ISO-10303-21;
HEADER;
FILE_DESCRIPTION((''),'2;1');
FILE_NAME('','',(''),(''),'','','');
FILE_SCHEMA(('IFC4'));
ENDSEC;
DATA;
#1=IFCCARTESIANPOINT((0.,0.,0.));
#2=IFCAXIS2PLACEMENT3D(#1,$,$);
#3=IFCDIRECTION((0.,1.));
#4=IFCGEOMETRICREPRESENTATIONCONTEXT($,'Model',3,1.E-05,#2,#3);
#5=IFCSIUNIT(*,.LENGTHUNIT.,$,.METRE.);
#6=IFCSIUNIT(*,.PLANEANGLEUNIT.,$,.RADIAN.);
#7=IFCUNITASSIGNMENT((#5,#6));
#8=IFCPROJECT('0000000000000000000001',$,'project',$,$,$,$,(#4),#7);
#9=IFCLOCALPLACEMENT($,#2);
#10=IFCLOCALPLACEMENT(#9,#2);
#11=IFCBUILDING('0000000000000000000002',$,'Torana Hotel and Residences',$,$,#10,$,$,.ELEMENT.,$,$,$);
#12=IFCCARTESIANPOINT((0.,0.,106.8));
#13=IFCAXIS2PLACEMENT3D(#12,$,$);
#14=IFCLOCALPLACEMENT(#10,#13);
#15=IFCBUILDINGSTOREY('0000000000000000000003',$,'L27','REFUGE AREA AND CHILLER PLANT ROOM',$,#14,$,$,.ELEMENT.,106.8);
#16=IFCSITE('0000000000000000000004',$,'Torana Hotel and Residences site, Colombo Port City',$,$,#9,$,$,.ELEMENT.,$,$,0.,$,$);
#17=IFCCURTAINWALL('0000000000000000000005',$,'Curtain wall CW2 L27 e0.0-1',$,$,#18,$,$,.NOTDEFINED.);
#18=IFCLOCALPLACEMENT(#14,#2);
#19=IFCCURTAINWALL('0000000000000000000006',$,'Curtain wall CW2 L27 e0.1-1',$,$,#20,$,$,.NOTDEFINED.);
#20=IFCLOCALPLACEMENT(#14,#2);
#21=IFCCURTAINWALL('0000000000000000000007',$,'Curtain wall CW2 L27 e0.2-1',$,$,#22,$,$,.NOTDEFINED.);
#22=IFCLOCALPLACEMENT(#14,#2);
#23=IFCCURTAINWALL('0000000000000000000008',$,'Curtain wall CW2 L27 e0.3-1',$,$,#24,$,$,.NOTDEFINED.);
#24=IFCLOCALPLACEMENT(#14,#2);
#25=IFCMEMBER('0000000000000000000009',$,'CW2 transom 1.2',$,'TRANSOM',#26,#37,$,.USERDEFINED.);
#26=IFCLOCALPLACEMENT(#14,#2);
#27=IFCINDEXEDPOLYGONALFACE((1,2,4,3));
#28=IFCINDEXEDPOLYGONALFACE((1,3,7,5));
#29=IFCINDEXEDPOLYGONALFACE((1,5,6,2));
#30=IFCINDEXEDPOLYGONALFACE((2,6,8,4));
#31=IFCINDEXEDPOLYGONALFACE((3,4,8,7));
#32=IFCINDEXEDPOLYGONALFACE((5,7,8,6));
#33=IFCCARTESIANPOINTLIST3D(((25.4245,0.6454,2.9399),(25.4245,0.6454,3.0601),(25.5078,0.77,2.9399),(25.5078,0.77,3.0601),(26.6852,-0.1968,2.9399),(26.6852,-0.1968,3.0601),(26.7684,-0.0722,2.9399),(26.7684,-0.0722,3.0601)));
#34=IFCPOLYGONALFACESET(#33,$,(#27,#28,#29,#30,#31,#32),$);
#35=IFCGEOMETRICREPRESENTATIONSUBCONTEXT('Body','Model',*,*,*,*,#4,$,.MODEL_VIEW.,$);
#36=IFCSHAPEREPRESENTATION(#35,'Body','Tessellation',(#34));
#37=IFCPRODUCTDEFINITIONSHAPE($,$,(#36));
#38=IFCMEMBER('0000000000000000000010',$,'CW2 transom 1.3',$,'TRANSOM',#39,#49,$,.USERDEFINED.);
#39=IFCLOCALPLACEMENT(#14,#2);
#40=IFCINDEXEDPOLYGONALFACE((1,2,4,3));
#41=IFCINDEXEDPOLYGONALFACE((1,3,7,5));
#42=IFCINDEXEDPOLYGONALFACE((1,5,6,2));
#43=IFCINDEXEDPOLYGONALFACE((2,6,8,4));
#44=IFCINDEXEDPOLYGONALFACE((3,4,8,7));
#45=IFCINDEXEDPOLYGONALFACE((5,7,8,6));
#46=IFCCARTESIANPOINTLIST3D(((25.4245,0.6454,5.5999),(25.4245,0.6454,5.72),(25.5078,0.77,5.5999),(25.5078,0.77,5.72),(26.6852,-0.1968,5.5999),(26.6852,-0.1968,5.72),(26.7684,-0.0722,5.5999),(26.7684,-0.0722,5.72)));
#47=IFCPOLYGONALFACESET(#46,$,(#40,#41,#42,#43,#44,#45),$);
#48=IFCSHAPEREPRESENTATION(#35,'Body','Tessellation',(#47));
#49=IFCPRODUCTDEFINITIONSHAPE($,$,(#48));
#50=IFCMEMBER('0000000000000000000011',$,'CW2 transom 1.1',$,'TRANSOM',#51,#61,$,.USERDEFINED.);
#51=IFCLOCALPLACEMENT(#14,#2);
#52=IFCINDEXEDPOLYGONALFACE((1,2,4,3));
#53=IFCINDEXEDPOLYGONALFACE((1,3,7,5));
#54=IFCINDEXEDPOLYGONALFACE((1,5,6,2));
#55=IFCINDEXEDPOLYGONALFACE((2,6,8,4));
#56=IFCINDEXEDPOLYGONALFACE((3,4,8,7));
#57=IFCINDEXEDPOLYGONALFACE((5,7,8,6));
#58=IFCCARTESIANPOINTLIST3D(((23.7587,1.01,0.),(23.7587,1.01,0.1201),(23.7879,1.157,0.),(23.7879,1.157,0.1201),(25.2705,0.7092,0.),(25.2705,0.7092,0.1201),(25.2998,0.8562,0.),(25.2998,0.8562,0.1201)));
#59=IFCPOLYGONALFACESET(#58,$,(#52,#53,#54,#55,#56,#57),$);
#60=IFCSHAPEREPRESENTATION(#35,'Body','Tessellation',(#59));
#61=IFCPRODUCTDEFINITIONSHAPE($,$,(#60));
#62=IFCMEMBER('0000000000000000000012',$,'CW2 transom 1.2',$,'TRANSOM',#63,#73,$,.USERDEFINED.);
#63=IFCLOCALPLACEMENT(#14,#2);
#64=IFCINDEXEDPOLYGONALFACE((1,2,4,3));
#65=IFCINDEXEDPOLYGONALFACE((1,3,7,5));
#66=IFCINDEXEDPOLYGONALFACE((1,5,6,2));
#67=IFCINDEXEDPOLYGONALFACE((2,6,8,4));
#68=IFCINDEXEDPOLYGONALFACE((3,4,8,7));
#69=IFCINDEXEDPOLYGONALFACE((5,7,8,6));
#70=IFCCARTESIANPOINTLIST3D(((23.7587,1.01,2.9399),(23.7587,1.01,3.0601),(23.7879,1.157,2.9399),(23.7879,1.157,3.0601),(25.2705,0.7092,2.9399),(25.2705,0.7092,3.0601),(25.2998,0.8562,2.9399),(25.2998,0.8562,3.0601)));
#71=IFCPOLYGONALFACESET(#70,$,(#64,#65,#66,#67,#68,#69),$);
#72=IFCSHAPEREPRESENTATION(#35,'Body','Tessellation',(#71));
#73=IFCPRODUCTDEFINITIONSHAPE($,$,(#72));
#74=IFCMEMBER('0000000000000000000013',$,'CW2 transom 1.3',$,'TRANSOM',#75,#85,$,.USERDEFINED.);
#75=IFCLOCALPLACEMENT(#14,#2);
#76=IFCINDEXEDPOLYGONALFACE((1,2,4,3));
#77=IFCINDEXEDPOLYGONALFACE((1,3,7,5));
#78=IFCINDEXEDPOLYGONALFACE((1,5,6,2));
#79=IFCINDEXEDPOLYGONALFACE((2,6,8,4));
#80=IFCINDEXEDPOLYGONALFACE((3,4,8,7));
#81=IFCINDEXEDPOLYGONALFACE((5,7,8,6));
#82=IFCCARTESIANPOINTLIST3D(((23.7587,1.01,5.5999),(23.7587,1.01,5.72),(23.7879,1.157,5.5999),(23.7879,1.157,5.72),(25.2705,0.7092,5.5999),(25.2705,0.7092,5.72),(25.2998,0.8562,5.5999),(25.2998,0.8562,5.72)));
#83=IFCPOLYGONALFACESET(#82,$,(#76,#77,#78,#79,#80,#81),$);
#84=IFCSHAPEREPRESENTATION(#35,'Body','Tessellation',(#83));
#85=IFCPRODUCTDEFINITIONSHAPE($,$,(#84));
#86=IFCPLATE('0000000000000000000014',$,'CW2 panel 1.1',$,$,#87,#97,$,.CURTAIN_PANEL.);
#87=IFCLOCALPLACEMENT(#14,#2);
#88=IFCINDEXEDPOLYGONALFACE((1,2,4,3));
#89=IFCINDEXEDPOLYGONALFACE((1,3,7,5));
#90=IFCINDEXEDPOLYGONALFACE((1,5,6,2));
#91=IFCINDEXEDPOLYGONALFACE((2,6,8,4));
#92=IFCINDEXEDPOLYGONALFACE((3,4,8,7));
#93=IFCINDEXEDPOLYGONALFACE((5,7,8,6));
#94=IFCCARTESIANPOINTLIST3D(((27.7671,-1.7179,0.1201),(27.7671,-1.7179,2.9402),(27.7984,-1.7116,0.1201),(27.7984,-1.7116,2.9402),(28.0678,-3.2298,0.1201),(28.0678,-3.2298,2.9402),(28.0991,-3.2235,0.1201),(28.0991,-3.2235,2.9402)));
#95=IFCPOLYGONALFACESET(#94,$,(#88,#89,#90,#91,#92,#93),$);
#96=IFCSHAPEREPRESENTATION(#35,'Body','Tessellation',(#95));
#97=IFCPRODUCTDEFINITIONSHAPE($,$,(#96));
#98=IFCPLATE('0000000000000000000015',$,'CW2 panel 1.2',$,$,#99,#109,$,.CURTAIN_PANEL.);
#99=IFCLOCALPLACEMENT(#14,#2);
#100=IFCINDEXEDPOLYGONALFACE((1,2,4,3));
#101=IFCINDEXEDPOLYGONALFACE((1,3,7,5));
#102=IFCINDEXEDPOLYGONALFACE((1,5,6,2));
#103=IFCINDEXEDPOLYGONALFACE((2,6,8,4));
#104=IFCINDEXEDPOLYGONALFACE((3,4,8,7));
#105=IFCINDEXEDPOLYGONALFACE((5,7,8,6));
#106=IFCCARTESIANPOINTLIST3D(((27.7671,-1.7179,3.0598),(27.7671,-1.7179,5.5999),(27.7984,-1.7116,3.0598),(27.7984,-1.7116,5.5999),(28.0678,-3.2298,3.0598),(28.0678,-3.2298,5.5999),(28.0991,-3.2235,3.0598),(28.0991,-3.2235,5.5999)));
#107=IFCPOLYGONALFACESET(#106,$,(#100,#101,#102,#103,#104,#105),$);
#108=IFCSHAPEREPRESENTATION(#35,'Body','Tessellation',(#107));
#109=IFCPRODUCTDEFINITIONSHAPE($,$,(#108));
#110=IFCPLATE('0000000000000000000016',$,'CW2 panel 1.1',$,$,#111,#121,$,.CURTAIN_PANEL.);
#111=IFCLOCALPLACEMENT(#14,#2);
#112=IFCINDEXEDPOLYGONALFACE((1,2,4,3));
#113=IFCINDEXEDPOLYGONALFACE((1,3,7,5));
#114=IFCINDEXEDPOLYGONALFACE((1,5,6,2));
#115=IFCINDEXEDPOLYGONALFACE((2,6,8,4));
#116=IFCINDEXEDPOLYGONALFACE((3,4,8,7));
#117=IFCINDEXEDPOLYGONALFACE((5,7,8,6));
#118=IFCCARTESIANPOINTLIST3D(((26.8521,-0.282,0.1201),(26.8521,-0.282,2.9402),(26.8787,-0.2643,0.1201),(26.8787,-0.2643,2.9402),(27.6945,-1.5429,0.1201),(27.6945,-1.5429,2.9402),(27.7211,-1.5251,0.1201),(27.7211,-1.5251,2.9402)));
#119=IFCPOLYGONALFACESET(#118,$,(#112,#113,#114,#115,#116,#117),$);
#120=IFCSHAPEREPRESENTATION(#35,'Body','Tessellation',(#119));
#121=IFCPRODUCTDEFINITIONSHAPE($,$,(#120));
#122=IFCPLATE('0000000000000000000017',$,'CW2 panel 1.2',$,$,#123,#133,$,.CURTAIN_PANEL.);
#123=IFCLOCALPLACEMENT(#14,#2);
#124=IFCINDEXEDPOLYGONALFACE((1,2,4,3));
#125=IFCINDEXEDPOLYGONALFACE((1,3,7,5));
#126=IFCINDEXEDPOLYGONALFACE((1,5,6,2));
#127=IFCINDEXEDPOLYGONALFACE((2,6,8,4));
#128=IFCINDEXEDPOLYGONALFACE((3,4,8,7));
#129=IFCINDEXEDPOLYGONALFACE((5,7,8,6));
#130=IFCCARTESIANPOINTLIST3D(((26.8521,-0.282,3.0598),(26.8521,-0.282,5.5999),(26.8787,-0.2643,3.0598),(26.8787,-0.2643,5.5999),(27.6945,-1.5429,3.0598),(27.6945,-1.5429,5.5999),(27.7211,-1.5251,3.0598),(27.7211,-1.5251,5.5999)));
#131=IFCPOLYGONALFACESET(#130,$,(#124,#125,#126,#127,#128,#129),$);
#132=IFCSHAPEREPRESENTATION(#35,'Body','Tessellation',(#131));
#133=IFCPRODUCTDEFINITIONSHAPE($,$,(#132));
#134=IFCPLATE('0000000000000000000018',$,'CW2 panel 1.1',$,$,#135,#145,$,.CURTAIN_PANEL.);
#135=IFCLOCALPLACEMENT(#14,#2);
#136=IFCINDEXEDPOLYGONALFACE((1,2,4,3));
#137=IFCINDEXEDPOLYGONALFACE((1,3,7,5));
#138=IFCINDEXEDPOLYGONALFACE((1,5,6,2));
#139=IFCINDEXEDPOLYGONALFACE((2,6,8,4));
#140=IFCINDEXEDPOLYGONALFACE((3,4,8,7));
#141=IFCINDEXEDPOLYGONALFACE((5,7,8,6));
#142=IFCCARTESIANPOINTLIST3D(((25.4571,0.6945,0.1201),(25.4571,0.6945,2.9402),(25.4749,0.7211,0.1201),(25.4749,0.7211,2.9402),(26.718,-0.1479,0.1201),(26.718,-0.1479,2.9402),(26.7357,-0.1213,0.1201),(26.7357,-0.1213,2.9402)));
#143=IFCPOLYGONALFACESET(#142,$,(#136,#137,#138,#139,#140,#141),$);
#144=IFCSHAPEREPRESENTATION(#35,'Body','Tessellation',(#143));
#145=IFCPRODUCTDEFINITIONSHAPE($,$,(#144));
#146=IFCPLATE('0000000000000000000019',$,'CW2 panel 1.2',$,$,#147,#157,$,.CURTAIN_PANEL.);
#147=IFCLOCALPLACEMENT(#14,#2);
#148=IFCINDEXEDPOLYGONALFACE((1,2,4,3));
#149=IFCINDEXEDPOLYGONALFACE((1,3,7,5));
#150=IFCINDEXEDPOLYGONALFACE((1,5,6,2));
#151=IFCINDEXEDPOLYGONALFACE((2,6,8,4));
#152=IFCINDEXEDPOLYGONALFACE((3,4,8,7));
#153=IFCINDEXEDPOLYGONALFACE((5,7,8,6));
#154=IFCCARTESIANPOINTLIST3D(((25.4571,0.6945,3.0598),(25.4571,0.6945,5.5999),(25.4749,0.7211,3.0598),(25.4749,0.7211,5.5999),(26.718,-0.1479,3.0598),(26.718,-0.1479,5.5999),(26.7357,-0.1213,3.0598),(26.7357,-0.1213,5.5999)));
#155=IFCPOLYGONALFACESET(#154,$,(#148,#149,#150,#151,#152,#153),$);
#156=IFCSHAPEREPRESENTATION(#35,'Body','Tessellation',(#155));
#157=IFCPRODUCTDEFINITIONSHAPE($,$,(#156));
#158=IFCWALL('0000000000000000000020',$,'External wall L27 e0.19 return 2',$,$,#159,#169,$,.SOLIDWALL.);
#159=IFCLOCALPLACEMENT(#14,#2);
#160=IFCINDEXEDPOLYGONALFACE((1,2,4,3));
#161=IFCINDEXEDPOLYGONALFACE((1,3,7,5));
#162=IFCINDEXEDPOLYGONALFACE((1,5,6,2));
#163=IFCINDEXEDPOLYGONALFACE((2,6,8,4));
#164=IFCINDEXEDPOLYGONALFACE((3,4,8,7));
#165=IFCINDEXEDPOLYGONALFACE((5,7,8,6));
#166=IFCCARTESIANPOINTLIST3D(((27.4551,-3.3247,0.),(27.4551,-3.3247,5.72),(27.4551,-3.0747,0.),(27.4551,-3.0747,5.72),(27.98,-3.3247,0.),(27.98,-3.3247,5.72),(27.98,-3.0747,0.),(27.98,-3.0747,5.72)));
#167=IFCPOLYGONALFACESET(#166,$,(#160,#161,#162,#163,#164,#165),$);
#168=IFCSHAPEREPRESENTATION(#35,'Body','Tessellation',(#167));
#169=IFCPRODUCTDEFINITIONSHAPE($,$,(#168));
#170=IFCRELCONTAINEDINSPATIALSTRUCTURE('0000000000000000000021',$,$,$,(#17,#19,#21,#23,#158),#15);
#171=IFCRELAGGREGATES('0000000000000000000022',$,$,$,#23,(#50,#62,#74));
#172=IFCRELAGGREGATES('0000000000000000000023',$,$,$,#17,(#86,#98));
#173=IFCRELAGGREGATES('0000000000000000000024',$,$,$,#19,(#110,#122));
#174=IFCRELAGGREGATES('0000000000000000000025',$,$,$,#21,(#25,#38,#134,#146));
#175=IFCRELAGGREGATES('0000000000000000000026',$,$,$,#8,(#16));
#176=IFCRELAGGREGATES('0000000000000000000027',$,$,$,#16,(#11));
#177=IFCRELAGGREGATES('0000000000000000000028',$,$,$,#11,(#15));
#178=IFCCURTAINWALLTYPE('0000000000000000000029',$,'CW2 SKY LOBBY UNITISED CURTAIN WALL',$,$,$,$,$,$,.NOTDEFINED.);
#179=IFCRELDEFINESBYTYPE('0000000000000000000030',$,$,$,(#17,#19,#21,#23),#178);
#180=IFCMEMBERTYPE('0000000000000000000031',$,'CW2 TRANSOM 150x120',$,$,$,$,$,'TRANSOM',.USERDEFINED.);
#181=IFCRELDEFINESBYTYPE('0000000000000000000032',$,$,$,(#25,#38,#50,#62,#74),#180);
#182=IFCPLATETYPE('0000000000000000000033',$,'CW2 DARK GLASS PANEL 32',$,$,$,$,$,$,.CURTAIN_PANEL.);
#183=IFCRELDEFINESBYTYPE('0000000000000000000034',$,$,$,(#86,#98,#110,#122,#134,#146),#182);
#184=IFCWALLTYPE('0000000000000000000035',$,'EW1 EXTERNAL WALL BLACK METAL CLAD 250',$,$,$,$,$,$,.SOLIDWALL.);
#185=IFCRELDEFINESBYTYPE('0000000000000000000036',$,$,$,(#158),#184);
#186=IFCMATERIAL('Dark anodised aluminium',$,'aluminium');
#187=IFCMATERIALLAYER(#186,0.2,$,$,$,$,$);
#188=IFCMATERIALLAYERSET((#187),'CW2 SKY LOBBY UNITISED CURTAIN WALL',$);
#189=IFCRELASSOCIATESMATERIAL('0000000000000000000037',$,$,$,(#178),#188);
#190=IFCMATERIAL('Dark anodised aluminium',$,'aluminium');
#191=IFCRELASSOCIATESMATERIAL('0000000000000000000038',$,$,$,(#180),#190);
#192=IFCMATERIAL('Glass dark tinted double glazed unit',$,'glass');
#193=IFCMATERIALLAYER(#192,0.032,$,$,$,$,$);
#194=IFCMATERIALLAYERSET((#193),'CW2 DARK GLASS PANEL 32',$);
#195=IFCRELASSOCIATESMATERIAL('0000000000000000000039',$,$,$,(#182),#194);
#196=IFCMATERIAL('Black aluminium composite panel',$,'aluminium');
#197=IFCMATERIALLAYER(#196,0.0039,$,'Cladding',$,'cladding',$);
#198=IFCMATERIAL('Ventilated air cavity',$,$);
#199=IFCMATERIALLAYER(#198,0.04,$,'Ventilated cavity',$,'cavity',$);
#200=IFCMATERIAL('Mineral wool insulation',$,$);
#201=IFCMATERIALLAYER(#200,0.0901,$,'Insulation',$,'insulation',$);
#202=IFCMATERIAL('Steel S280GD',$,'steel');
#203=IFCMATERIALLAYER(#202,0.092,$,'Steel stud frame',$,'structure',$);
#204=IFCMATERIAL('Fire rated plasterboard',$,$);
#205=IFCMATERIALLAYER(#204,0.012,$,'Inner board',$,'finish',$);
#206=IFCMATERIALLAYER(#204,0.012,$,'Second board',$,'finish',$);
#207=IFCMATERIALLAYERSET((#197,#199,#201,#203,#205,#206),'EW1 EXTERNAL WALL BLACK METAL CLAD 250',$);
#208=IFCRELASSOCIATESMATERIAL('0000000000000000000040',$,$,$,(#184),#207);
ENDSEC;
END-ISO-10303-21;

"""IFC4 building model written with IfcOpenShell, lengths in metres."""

from ifc_helpers import new_model, si_unit, direction, frame, frame_2d, origin, origin_2d, place, context, subcontext, project, spatial, rectangle, extrude, material, layer, layer_set, material_profile, profile_set, type_object, element, aggregate, save


model = new_model("IFC4")

# Units and contexts
model_context = context("Model", 3, precision=1e-05, world=origin(), true_north=direction((0.0, 1.0)))
body_context = subcontext(model_context, "Body", "Model", "MODEL_VIEW")
ifc_project = project(units=[si_unit("LENGTHUNIT", "METRE"), si_unit("PLANEANGLEUNIT", "RADIAN")], contexts=[model_context])

# Site, building, storey
site_placement = place(None, origin())
site = spatial("IfcSite", under=ifc_project, at=site_placement, Name="Torana Hotel and Residences site, Colombo Port City", CompositionType="ELEMENT", RefElevation=0.0)
building_placement = place(site_placement, origin())
building = spatial("IfcBuilding", under=site, at=building_placement, Name="Torana Hotel and Residences", CompositionType="ELEMENT")
storey_placement = place(building_placement, frame((0.0, 0.0, 106.8)))
storey = spatial("IfcBuildingStorey", under=building, at=storey_placement, Name="L27", Description="REFUGE AREA AND CHILLER PLANT ROOM", CompositionType="ELEMENT", Elevation=106.8)

# Curtain walls
ifc_material_1 = material(Name="Dark anodised aluminium", Category="aluminium")
ifc_layer_1 = layer(ifc_material_1, 0.2)
ifc_layer_set_1 = layer_set([ifc_layer_1], Name="CW2 SKY LOBBY UNITISED CURTAIN WALL")
curtain_wall_type = type_object("IfcCurtainWallType", Name="CW2 SKY LOBBY UNITISED CURTAIN WALL", PredefinedType="NOTDEFINED", material=ifc_layer_set_1)
curtain_wall_1_placement = place(storey_placement, origin())
curtain_wall_1 = element("IfcCurtainWall", 1, at=curtain_wall_1_placement, inside=storey, type_object=curtain_wall_type, Name="Curtain wall CW2 L27 e0.0-1", PredefinedType="NOTDEFINED")
curtain_wall_2_placement = place(storey_placement, origin())
curtain_wall_2 = element("IfcCurtainWall", 2, at=curtain_wall_2_placement, inside=storey, type_object=curtain_wall_type, Name="Curtain wall CW2 L27 e0.1-1", PredefinedType="NOTDEFINED")
curtain_wall_3_placement = place(storey_placement, origin())
curtain_wall_3 = element("IfcCurtainWall", 3, at=curtain_wall_3_placement, inside=storey, type_object=curtain_wall_type, Name="Curtain wall CW2 L27 e0.2-1", PredefinedType="NOTDEFINED")

# Curtain wall
curtain_wall_4_placement = place(storey_placement, origin())
curtain_wall_4 = element("IfcCurtainWall", 4, at=curtain_wall_4_placement, inside=storey, type_object=curtain_wall_type, Name="Curtain wall CW2 L27 e0.3-1", PredefinedType="NOTDEFINED")

# Members
ifc_material_2 = material(Name="Dark anodised aluminium", Category="aluminium")
ifc_material_profile_1 = material_profile(ifc_material_2, rectangle(XDim=0.1499, YDim=0.1201, at=origin_2d()), Name="CW2 TRANSOM 150x120")
ifc_profile_set_1 = profile_set([ifc_material_profile_1], Name="Dark anodised aluminium")
member_type_1 = type_object("IfcMemberType", Name="CW2 TRANSOM 150x120", ElementType="TRANSOM", PredefinedType="USERDEFINED", material=ifc_profile_set_1)
member_1_placement = place(storey_placement, frame((26.7268, -0.1345, 3.0), z_axis=(-0.831505, 0.555517, 0.0), x_axis=(-0.555517, -0.831505, 0.0)))
member_1 = element("IfcMember", 5, at=member_1_placement, type_object=member_type_1, Name="CW2 transom 1.2", ObjectType="TRANSOM", PredefinedType="USERDEFINED", context=body_context, shape_type="SweptSolid", body=[
    extrude(rectangle(XDim=0.1499, YDim=0.1201, at=origin_2d()), origin(), (0.0, 0.0, 1.0), 1.5161),
])
member_2_placement = place(storey_placement, frame((26.7268, -0.1345, 5.6599), z_axis=(-0.831505, 0.555517, 0.0), x_axis=(-0.555517, -0.831505, 0.0)))
member_2 = element("IfcMember", 6, at=member_2_placement, type_object=member_type_1, Name="CW2 transom 1.3", ObjectType="TRANSOM", PredefinedType="USERDEFINED", context=body_context, shape_type="SweptSolid", body=[
    extrude(rectangle(XDim=0.1499, YDim=0.1201, at=origin_2d()), origin(), (0.0, 0.0, 1.0), 1.5161),
])
member_3_placement = place(storey_placement, frame((25.2852, 0.7827, 0.0601), z_axis=(-0.980781, 0.195111, 0.0), x_axis=(-0.195111, -0.980781, 0.0)))
member_3 = element("IfcMember", 7, at=member_3_placement, type_object=member_type_1, Name="CW2 transom 1.1", ObjectType="TRANSOM", PredefinedType="USERDEFINED", context=body_context, shape_type="SweptSolid", body=[
    extrude(rectangle(XDim=0.1499, YDim=0.1201, at=origin_2d()), origin(), (0.0, 0.0, 1.0), 1.5415),
])
member_4_placement = place(storey_placement, frame((25.2852, 0.7827, 3.0), z_axis=(-0.980781, 0.195111, 0.0), x_axis=(-0.195111, -0.980781, 0.0)))
member_4 = element("IfcMember", 8, at=member_4_placement, type_object=member_type_1, Name="CW2 transom 1.2", ObjectType="TRANSOM", PredefinedType="USERDEFINED", context=body_context, shape_type="SweptSolid", body=[
    extrude(rectangle(XDim=0.1499, YDim=0.1201, at=origin_2d()), origin(), (0.0, 0.0, 1.0), 1.5415),
])
member_5_placement = place(storey_placement, frame((25.2852, 0.7827, 5.6599), z_axis=(-0.980781, 0.195111, 0.0), x_axis=(-0.195111, -0.980781, 0.0)))
member_5 = element("IfcMember", 9, at=member_5_placement, type_object=member_type_1, Name="CW2 transom 1.3", ObjectType="TRANSOM", PredefinedType="USERDEFINED", context=body_context, shape_type="SweptSolid", body=[
    extrude(rectangle(XDim=0.1499, YDim=0.1201, at=origin_2d()), origin(), (0.0, 0.0, 1.0), 1.5415),
])
aggregate(curtain_wall_4, [member_3, member_4, member_5])

# Plates
ifc_material_3 = material(Name="Glass dark tinted double glazed unit", Category="glass")
ifc_layer_2 = layer(ifc_material_3, 0.032)
ifc_layer_set_2 = layer_set([ifc_layer_2], Name="CW2 DARK GLASS PANEL 32")
plate_type = type_object("IfcPlateType", Name="CW2 DARK GLASS PANEL 32", PredefinedType="CURTAIN_PANEL", material=ifc_layer_set_2)
plate_1_placement = place(storey_placement, frame((27.9331, -2.4707, 0.1201), z_axis=(0.0, 0.0, 1.0), x_axis=(-0.195064, 0.980791, 0.0)))
plate_1 = element("IfcPlate", 10, at=plate_1_placement, type_object=plate_type, Name="CW2 panel 1.1", PredefinedType="CURTAIN_PANEL", context=body_context, shape_type="SweptSolid", body=[
    extrude(rectangle(XDim=1.5415, YDim=0.032, at=origin_2d()), origin(), (0.0, 0.0, 1.0), 2.8201),
])
plate_2_placement = place(storey_placement, frame((27.9331, -2.4707, 3.0598), z_axis=(0.0, 0.0, 1.0), x_axis=(-0.195064, 0.980791, 0.0)))
plate_2 = element("IfcPlate", 11, at=plate_2_placement, type_object=plate_type, Name="CW2 panel 1.2", PredefinedType="CURTAIN_PANEL", context=body_context, shape_type="SweptSolid", body=[
    extrude(rectangle(XDim=1.5415, YDim=0.032, at=origin_2d()), origin(), (0.0, 0.0, 1.0), 2.54),
])
aggregate(curtain_wall_1, [plate_1, plate_2])
plate_3_placement = place(storey_placement, frame((27.2866, -0.9036, 0.1201), z_axis=(0.0, 0.0, 1.0), x_axis=(-0.555564, 0.831474, 0.0)))
plate_3 = element("IfcPlate", 12, at=plate_3_placement, type_object=plate_type, Name="CW2 panel 1.1", PredefinedType="CURTAIN_PANEL", context=body_context, shape_type="SweptSolid", body=[
    extrude(rectangle(XDim=1.5164, YDim=0.032, at=origin_2d()), origin(), (0.0, 0.0, 1.0), 2.8201),
])
plate_4_placement = place(storey_placement, frame((27.2866, -0.9036, 3.0598), z_axis=(0.0, 0.0, 1.0), x_axis=(-0.555564, 0.831474, 0.0)))
plate_4 = element("IfcPlate", 13, at=plate_4_placement, type_object=plate_type, Name="CW2 panel 1.2", PredefinedType="CURTAIN_PANEL", context=body_context, shape_type="SweptSolid", body=[
    extrude(rectangle(XDim=1.5164, YDim=0.032, at=origin_2d()), origin(), (0.0, 0.0, 1.0), 2.54),
])
aggregate(curtain_wall_2, [plate_3, plate_4])
plate_5_placement = place(storey_placement, frame((26.0964, 0.2866, 0.1201), z_axis=(0.0, 0.0, 1.0), x_axis=(-0.831474, 0.555564, 0.0)))
plate_5 = element("IfcPlate", 14, at=plate_5_placement, type_object=plate_type, Name="CW2 panel 1.1", PredefinedType="CURTAIN_PANEL", context=body_context, shape_type="SweptSolid", body=[
    extrude(rectangle(XDim=1.5164, YDim=0.032, at=origin_2d()), origin(), (0.0, 0.0, 1.0), 2.8201),
])
plate_6_placement = place(storey_placement, frame((26.0964, 0.2866, 3.0598), z_axis=(0.0, 0.0, 1.0), x_axis=(-0.831474, 0.555564, 0.0)))
plate_6 = element("IfcPlate", 15, at=plate_6_placement, type_object=plate_type, Name="CW2 panel 1.2", PredefinedType="CURTAIN_PANEL", context=body_context, shape_type="SweptSolid", body=[
    extrude(rectangle(XDim=1.5164, YDim=0.032, at=origin_2d()), origin(), (0.0, 0.0, 1.0), 2.54),
])
aggregate(curtain_wall_3, [member_1, member_2, plate_5, plate_6])

# Wall
ifc_material_4 = material(Name="Black aluminium composite panel", Category="aluminium")
ifc_layer_3 = layer(ifc_material_4, 0.0039, Name="Cladding", Category="cladding")
ifc_material_5 = material(Name="Ventilated air cavity")
ifc_layer_4 = layer(ifc_material_5, 0.04, Name="Ventilated cavity", Category="cavity")
ifc_material_6 = material(Name="Mineral wool insulation")
ifc_layer_5 = layer(ifc_material_6, 0.0901, Name="Insulation", Category="insulation")
ifc_material_7 = material(Name="Steel S280GD", Category="steel")
ifc_layer_6 = layer(ifc_material_7, 0.092, Name="Steel stud frame", Category="structure")
ifc_material_8 = material(Name="Fire rated plasterboard")
ifc_layer_7 = layer(ifc_material_8, 0.012, Name="Inner board", Category="finish")
ifc_layer_8 = layer(ifc_material_8, 0.012, Name="Second board", Category="finish")
ifc_layer_set_3 = layer_set([ifc_layer_3, ifc_layer_4, ifc_layer_5, ifc_layer_6, ifc_layer_7, ifc_layer_8], Name="EW1 EXTERNAL WALL BLACK METAL CLAD 250")
wall_type = type_object("IfcWallType", Name="EW1 EXTERNAL WALL BLACK METAL CLAD 250", PredefinedType="SOLIDWALL", material=ifc_layer_set_3)
wall_placement = place(storey_placement, frame((27.4551, -3.1997, 0.0), z_axis=(0.0, 0.0, 1.0), x_axis=(1.0, 0.0, 0.0)))
element("IfcWall", 16, at=wall_placement, inside=storey, type_object=wall_type, Name="External wall L27 e0.19 return 2", PredefinedType="SOLIDWALL", context=body_context, shape_type="SweptSolid", body=[
    extrude(rectangle(XDim=0.5249, YDim=0.25, at=frame_2d((0.2625, 0.0))), origin(), (0.0, 0.0, 1.0), 5.72),
])

save(model, "model.ifc")
